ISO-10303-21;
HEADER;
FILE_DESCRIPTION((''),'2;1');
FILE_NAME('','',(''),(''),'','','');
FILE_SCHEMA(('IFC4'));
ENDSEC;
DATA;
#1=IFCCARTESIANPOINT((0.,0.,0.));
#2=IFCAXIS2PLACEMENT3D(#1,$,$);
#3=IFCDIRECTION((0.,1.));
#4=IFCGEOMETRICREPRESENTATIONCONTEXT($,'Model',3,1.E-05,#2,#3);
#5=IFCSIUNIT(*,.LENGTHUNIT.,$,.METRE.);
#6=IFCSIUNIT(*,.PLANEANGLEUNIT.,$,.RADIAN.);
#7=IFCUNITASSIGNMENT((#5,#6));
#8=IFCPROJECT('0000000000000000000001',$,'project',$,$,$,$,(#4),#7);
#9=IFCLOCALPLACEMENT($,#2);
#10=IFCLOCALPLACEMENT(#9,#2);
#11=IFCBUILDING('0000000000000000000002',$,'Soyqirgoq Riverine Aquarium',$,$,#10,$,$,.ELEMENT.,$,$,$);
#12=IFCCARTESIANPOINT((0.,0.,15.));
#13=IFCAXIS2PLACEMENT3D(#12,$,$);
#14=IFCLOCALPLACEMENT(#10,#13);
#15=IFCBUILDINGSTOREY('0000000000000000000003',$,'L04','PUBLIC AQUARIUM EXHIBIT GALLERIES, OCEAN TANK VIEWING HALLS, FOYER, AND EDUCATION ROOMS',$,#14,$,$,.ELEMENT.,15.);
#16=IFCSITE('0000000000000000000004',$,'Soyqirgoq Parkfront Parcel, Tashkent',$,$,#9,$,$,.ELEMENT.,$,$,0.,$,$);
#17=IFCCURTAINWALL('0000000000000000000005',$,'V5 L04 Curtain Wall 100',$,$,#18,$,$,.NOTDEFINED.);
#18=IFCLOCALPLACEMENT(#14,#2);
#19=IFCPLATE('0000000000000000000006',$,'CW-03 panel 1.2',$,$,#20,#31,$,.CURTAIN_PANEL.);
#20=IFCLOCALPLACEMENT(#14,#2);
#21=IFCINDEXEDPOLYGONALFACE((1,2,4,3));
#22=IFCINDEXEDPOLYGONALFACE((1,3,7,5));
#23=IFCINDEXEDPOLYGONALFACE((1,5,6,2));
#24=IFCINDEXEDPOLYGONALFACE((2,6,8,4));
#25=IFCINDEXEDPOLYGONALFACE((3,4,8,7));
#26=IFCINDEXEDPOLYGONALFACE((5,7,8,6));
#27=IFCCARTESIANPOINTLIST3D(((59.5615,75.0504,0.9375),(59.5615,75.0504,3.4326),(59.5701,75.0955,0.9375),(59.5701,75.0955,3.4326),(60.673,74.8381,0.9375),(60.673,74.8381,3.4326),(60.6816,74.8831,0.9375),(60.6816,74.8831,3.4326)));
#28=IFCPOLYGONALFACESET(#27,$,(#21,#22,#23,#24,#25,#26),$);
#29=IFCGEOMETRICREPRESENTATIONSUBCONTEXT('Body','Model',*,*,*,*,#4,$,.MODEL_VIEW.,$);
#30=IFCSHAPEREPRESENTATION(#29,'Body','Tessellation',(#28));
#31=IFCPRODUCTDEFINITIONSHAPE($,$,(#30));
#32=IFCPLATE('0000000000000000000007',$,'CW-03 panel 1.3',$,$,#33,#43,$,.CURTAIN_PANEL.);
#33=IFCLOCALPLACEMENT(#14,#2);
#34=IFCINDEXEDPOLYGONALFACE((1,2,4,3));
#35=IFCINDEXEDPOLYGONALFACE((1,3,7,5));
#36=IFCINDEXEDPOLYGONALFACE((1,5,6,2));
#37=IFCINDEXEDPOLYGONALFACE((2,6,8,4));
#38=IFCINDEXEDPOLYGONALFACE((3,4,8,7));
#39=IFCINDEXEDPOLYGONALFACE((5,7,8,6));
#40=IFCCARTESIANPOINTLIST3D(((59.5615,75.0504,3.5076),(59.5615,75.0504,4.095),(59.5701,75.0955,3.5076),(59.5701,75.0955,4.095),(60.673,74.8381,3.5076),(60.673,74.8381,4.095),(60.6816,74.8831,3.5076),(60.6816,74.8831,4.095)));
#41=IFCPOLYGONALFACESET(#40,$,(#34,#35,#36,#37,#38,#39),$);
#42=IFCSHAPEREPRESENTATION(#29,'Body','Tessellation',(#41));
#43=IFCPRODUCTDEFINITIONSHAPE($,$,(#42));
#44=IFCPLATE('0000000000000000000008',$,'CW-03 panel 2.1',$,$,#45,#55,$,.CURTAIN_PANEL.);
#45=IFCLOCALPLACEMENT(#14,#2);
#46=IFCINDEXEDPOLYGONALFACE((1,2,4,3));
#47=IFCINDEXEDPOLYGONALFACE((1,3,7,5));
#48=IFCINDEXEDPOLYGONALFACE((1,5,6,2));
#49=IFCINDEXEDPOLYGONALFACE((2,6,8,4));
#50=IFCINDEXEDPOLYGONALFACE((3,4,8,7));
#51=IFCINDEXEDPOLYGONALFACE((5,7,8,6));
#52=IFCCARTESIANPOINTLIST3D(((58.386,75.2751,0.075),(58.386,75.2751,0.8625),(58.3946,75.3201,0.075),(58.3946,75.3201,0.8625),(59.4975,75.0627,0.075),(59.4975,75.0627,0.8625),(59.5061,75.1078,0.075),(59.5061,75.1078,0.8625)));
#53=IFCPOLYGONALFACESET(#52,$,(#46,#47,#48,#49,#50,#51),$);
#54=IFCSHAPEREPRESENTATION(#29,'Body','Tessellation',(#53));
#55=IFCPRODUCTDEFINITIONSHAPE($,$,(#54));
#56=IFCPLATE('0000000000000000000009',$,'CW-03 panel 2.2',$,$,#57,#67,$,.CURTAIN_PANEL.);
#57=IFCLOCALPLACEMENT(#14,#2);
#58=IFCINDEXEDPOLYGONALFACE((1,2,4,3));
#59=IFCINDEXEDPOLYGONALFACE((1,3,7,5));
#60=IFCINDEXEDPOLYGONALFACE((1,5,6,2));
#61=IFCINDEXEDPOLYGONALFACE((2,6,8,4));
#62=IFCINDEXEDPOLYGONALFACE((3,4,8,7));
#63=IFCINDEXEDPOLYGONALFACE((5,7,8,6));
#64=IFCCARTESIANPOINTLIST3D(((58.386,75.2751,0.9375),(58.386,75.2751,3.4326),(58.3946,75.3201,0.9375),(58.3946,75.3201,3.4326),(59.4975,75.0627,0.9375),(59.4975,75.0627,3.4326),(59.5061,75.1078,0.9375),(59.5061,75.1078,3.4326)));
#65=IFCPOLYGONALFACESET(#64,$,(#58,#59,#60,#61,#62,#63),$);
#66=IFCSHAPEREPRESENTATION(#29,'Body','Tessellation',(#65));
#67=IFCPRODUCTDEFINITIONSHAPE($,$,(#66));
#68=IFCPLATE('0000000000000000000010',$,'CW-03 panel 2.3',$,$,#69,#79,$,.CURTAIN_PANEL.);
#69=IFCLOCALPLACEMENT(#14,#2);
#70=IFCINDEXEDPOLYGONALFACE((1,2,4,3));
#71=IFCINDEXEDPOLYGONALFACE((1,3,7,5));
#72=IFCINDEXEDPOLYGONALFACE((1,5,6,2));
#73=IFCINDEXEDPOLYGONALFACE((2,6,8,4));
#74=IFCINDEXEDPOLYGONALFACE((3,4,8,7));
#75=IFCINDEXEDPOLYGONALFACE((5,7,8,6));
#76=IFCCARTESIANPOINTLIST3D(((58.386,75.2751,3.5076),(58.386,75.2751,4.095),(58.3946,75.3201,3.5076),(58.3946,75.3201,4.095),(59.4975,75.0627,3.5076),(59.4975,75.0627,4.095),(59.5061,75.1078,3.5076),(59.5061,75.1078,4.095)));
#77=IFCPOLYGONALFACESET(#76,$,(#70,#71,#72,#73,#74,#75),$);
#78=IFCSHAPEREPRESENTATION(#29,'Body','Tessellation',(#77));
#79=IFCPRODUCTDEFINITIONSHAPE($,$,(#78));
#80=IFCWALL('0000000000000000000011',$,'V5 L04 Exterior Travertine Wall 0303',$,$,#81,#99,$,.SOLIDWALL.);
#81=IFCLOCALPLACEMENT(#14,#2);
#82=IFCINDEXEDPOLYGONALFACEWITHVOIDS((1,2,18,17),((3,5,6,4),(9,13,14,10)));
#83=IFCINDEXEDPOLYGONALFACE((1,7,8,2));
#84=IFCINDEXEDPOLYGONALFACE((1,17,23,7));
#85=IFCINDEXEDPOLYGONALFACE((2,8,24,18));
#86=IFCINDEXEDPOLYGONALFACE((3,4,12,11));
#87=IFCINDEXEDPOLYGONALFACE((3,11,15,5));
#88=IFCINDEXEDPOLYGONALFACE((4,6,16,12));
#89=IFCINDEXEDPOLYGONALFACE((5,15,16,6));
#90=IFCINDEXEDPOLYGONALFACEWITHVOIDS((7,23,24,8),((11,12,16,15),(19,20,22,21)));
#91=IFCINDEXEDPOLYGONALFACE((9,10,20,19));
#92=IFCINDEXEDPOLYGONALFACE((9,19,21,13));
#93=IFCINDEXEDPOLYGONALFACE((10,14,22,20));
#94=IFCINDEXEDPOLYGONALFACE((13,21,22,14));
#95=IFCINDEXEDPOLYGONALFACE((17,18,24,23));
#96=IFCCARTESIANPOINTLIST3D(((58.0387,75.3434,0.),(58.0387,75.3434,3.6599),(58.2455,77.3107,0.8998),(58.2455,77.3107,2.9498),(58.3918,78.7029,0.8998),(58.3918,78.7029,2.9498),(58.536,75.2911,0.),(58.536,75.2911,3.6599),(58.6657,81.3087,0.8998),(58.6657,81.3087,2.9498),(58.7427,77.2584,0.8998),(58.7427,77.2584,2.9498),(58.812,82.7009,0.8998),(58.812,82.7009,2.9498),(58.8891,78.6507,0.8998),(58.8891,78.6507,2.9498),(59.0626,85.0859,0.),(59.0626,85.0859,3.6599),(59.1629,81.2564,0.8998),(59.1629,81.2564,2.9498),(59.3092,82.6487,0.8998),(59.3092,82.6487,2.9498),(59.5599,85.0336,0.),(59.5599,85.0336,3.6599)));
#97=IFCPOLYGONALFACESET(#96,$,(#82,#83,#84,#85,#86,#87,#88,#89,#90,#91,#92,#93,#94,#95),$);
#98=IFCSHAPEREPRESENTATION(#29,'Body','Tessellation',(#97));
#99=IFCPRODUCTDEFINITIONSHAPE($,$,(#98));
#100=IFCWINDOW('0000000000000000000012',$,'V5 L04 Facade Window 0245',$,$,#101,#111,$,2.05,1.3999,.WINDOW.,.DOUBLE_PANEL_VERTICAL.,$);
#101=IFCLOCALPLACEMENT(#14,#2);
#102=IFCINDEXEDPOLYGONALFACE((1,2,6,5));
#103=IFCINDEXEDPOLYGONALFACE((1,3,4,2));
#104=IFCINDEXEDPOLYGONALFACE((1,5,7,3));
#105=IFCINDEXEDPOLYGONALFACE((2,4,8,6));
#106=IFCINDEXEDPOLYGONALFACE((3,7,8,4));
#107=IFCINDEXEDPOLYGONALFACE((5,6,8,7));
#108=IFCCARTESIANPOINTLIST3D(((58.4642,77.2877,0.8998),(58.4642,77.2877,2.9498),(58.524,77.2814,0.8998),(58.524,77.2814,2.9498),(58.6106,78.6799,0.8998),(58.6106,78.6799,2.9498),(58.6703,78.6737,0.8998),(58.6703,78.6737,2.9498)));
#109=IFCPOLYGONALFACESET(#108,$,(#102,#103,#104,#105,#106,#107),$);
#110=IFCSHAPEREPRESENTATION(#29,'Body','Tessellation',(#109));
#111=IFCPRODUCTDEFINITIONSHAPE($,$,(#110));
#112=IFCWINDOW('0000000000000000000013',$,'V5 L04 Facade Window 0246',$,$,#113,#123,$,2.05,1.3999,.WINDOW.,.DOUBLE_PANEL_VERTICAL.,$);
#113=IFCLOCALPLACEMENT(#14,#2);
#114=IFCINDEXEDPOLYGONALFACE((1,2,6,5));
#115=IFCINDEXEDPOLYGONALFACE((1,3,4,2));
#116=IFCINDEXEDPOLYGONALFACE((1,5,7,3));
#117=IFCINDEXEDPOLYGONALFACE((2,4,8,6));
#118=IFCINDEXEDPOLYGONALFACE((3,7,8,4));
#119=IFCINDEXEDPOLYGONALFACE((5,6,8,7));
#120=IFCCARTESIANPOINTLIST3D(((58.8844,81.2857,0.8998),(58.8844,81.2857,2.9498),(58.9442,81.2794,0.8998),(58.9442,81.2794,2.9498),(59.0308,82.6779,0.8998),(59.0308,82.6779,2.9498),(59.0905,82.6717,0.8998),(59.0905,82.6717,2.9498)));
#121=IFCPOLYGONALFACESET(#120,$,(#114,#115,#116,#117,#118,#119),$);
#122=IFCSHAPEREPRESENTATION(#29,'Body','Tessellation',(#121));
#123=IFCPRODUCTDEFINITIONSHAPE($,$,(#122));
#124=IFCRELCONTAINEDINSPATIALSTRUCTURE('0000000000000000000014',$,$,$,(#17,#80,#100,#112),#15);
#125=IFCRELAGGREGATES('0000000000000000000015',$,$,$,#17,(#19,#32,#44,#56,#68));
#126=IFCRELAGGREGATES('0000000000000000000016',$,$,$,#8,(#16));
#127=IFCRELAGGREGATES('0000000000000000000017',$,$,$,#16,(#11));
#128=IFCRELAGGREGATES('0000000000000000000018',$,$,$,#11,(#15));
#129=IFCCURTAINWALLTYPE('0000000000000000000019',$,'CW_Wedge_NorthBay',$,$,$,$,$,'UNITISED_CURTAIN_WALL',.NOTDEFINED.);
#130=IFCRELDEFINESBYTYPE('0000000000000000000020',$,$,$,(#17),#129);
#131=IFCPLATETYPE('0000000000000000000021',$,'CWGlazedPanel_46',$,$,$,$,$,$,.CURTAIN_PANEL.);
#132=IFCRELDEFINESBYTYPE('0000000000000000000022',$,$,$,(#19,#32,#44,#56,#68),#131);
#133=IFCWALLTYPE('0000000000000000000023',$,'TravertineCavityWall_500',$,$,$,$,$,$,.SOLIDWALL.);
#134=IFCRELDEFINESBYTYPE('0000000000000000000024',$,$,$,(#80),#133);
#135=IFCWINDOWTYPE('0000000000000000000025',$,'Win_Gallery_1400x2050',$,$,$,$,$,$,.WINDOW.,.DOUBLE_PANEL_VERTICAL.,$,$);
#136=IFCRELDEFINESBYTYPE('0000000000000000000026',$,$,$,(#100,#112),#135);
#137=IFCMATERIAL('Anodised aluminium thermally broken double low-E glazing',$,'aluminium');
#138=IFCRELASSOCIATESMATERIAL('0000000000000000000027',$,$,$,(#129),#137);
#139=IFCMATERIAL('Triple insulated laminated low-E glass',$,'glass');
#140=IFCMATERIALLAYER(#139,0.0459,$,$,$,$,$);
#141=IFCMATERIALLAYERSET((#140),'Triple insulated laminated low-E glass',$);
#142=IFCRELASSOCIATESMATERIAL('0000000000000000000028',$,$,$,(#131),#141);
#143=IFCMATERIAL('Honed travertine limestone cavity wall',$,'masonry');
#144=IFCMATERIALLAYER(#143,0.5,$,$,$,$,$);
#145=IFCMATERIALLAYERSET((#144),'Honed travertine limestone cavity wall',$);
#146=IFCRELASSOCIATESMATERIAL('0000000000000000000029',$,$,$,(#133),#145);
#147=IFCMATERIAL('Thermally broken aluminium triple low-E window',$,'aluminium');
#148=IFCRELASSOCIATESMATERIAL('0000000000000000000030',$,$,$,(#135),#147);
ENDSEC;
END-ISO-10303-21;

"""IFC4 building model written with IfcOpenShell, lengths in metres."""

from ifc_helpers import new_model, si_unit, direction, frame, frame_2d, origin, origin_2d, place, context, subcontext, project, spatial, rectangle, extrude, material, layer, layer_set, type_object, element, fill, aggregate, save


model = new_model("IFC4")

# Units and contexts
model_context = context("Model", 3, precision=1e-05, world=origin(), true_north=direction((0.0, 1.0)))
body_context = subcontext(model_context, "Body", "Model", "MODEL_VIEW")
ifc_project = project(units=[si_unit("LENGTHUNIT", "METRE"), si_unit("PLANEANGLEUNIT", "RADIAN")], contexts=[model_context])

# Site, building, storey
site_placement = place(None, origin())
site = spatial("IfcSite", under=ifc_project, at=site_placement, Name="Soyqirgoq Parkfront Parcel, Tashkent", CompositionType="ELEMENT", RefElevation=0.0)
building_placement = place(site_placement, origin())
building = spatial("IfcBuilding", under=site, at=building_placement, Name="Soyqirgoq Riverine Aquarium", CompositionType="ELEMENT")
storey_placement = place(building_placement, frame((0.0, 0.0, 15.0)))
storey = spatial("IfcBuildingStorey", under=building, at=storey_placement, Name="L04", Description="PUBLIC AQUARIUM EXHIBIT GALLERIES, OCEAN TANK VIEWING HALLS, FOYER, AND EDUCATION ROOMS", CompositionType="ELEMENT", Elevation=15.0)

# Curtain wall
ifc_material_1 = material(Name="Anodised aluminium thermally broken double low-E glazing", Category="aluminium")
curtain_wall_type_1 = type_object("IfcCurtainWallType", Name="CW_Wedge_NorthBay", ElementType="UNITISED_CURTAIN_WALL", PredefinedType="NOTDEFINED", material=ifc_material_1)
curtain_wall_1_placement = place(storey_placement, origin())
curtain_wall_1 = element("IfcCurtainWall", 1, at=curtain_wall_1_placement, inside=storey, type_object=curtain_wall_type_1, Name="V5 L04 Curtain Wall 100", PredefinedType="NOTDEFINED")

# Plates
ifc_material_2 = material(Name="Triple insulated laminated low-E glass", Category="glass")
ifc_layer_1 = layer(ifc_material_2, 0.0459)
ifc_layer_set_1 = layer_set([ifc_layer_1], Name="Triple insulated laminated low-E glass")
plate_type = type_object("IfcPlateType", Name="CWGlazedPanel_46", PredefinedType="CURTAIN_PANEL", material=ifc_layer_set_1)
plate_1_placement = place(storey_placement, frame((60.1216, 74.9668, 0.9375), z_axis=(0.0, 0.0, 1.0), x_axis=(-0.982229, 0.187684, 0.0)))
plate_1 = element("IfcPlate", 2, at=plate_1_placement, type_object=plate_type, Name="CW-03 panel 1.2", PredefinedType="CURTAIN_PANEL", context=body_context, shape_type="SweptSolid", body=[
    extrude(rectangle(XDim=1.1316, YDim=0.0459, at=origin_2d()), origin(), (0.0, 0.0, 1.0), 2.4951),
])
plate_2_placement = place(storey_placement, frame((60.1216, 74.9668, 3.5076), z_axis=(0.0, 0.0, 1.0), x_axis=(-0.982229, 0.187684, 0.0)))
plate_2 = element("IfcPlate", 3, at=plate_2_placement, type_object=plate_type, Name="CW-03 panel 1.3", PredefinedType="CURTAIN_PANEL", context=body_context, shape_type="SweptSolid", body=[
    extrude(rectangle(XDim=1.1316, YDim=0.0459, at=origin_2d()), origin(), (0.0, 0.0, 1.0), 0.5874),
])
plate_3_placement = place(storey_placement, frame((58.946, 75.1914, 0.075), z_axis=(0.0, 0.0, 1.0), x_axis=(-0.982229, 0.187684, 0.0)))
plate_3 = element("IfcPlate", 4, at=plate_3_placement, type_object=plate_type, Name="CW-03 panel 2.1", PredefinedType="CURTAIN_PANEL", context=body_context, shape_type="SweptSolid", body=[
    extrude(rectangle(XDim=1.1316, YDim=0.0459, at=origin_2d()), origin(), (0.0, 0.0, 1.0), 0.7876),
])
plate_4_placement = place(storey_placement, frame((58.946, 75.1914, 0.9375), z_axis=(0.0, 0.0, 1.0), x_axis=(-0.982229, 0.187684, 0.0)))
plate_4 = element("IfcPlate", 5, at=plate_4_placement, type_object=plate_type, Name="CW-03 panel 2.2", PredefinedType="CURTAIN_PANEL", context=body_context, shape_type="SweptSolid", body=[
    extrude(rectangle(XDim=1.1316, YDim=0.0459, at=origin_2d()), origin(), (0.0, 0.0, 1.0), 2.4951),
])
plate_5_placement = place(storey_placement, frame((58.946, 75.1914, 3.5076), z_axis=(0.0, 0.0, 1.0), x_axis=(-0.982229, 0.187684, 0.0)))
plate_5 = element("IfcPlate", 6, at=plate_5_placement, type_object=plate_type, Name="CW-03 panel 2.3", PredefinedType="CURTAIN_PANEL", context=body_context, shape_type="SweptSolid", body=[
    extrude(rectangle(XDim=1.1316, YDim=0.0459, at=origin_2d()), origin(), (0.0, 0.0, 1.0), 0.5874),
])
aggregate(curtain_wall_1, [plate_1, plate_2, plate_3, plate_4, plate_5])

# Wall, openings, windows
ifc_material_3 = material(Name="Honed travertine limestone cavity wall", Category="masonry")
ifc_layer_2 = layer(ifc_material_3, 0.5)
ifc_layer_set_2 = layer_set([ifc_layer_2], Name="Honed travertine limestone cavity wall")
wall_type = type_object("IfcWallType", Name="TravertineCavityWall_500", PredefinedType="SOLIDWALL", material=ifc_layer_set_2)
wall_placement = place(storey_placement, frame((58.2874, 75.3174, 0.0), z_axis=(0.0, 0.0, 1.0), x_axis=(0.104524, 0.994522, 0.0)))
wall = element("IfcWall", 7, at=wall_placement, inside=storey, type_object=wall_type, Name="V5 L04 Exterior Travertine Wall 0303", PredefinedType="SOLIDWALL", context=body_context, shape_type="SweptSolid", body=[
    extrude(rectangle(XDim=9.7961, YDim=0.5, at=frame_2d((4.8979, 0.0))), origin(), (0.0, 0.0, 1.0), 3.6599),
])
opening_1_placement = place(wall_placement, frame((1.978, 0.0, 0.8999)))
opening_1 = element("IfcOpeningElement", 8, at=opening_1_placement, cuts=wall, PredefinedType="OPENING", context=body_context, shape_type="SweptSolid", body=[
    extrude(rectangle(XDim=1.3999, YDim=2.05, at=frame_2d((0.7, 1.0249))), frame((0.0, 0.26, 0.0), z_axis=(0.0, -1.0, 0.0), x_axis=(1.0, 0.0, 0.0)), (0.0, 0.0, 1.0), 0.52),
])
opening_2_placement = place(wall_placement, frame((5.998, 0.0, 0.8999)))
opening_2 = element("IfcOpeningElement", 9, at=opening_2_placement, cuts=wall, PredefinedType="OPENING", context=body_context, shape_type="SweptSolid", body=[
    extrude(rectangle(XDim=1.3999, YDim=2.05, at=frame_2d((0.7, 1.0249))), frame((0.0, 0.26, 0.0), z_axis=(0.0, -1.0, 0.0), x_axis=(1.0, 0.0, 0.0)), (0.0, 0.0, 1.0), 0.52),
])
ifc_material_4 = material(Name="Thermally broken aluminium triple low-E window", Category="aluminium")
window_type = type_object("IfcWindowType", Name="Win_Gallery_1400x2050", PartitioningType="DOUBLE_PANEL_VERTICAL", PredefinedType="WINDOW", material=ifc_material_4)
window_1_placement = place(opening_1_placement, origin())
window_1 = element("IfcWindow", 10, at=window_1_placement, inside=storey, type_object=window_type, Name="V5 L04 Facade Window 0245", OverallHeight=2.05, OverallWidth=1.3999, PartitioningType="DOUBLE_PANEL_VERTICAL", PredefinedType="WINDOW", context=body_context, shape_type="SweptSolid", body=[
    extrude(rectangle(XDim=1.3999, YDim=2.05, at=frame_2d((0.7, 1.0249))), frame((0.0, 0.03, 0.0), z_axis=(0.0, -1.0, 0.0), x_axis=(1.0, 0.0, 0.0)), (0.0, 0.0, 1.0), 0.0601),
])
fill(opening_1, window_1)
window_2_placement = place(opening_2_placement, origin())
window_2 = element("IfcWindow", 11, at=window_2_placement, inside=storey, type_object=window_type, Name="V5 L04 Facade Window 0246", OverallHeight=2.05, OverallWidth=1.3999, PartitioningType="DOUBLE_PANEL_VERTICAL", PredefinedType="WINDOW", context=body_context, shape_type="SweptSolid", body=[
    extrude(rectangle(XDim=1.3999, YDim=2.05, at=frame_2d((0.7, 1.0249))), frame((0.0, 0.03, 0.0), z_axis=(0.0, -1.0, 0.0), x_axis=(1.0, 0.0, 0.0)), (0.0, 0.0, 1.0), 0.0601),
])
fill(opening_2, window_2)

save(model, "model.ifc")
